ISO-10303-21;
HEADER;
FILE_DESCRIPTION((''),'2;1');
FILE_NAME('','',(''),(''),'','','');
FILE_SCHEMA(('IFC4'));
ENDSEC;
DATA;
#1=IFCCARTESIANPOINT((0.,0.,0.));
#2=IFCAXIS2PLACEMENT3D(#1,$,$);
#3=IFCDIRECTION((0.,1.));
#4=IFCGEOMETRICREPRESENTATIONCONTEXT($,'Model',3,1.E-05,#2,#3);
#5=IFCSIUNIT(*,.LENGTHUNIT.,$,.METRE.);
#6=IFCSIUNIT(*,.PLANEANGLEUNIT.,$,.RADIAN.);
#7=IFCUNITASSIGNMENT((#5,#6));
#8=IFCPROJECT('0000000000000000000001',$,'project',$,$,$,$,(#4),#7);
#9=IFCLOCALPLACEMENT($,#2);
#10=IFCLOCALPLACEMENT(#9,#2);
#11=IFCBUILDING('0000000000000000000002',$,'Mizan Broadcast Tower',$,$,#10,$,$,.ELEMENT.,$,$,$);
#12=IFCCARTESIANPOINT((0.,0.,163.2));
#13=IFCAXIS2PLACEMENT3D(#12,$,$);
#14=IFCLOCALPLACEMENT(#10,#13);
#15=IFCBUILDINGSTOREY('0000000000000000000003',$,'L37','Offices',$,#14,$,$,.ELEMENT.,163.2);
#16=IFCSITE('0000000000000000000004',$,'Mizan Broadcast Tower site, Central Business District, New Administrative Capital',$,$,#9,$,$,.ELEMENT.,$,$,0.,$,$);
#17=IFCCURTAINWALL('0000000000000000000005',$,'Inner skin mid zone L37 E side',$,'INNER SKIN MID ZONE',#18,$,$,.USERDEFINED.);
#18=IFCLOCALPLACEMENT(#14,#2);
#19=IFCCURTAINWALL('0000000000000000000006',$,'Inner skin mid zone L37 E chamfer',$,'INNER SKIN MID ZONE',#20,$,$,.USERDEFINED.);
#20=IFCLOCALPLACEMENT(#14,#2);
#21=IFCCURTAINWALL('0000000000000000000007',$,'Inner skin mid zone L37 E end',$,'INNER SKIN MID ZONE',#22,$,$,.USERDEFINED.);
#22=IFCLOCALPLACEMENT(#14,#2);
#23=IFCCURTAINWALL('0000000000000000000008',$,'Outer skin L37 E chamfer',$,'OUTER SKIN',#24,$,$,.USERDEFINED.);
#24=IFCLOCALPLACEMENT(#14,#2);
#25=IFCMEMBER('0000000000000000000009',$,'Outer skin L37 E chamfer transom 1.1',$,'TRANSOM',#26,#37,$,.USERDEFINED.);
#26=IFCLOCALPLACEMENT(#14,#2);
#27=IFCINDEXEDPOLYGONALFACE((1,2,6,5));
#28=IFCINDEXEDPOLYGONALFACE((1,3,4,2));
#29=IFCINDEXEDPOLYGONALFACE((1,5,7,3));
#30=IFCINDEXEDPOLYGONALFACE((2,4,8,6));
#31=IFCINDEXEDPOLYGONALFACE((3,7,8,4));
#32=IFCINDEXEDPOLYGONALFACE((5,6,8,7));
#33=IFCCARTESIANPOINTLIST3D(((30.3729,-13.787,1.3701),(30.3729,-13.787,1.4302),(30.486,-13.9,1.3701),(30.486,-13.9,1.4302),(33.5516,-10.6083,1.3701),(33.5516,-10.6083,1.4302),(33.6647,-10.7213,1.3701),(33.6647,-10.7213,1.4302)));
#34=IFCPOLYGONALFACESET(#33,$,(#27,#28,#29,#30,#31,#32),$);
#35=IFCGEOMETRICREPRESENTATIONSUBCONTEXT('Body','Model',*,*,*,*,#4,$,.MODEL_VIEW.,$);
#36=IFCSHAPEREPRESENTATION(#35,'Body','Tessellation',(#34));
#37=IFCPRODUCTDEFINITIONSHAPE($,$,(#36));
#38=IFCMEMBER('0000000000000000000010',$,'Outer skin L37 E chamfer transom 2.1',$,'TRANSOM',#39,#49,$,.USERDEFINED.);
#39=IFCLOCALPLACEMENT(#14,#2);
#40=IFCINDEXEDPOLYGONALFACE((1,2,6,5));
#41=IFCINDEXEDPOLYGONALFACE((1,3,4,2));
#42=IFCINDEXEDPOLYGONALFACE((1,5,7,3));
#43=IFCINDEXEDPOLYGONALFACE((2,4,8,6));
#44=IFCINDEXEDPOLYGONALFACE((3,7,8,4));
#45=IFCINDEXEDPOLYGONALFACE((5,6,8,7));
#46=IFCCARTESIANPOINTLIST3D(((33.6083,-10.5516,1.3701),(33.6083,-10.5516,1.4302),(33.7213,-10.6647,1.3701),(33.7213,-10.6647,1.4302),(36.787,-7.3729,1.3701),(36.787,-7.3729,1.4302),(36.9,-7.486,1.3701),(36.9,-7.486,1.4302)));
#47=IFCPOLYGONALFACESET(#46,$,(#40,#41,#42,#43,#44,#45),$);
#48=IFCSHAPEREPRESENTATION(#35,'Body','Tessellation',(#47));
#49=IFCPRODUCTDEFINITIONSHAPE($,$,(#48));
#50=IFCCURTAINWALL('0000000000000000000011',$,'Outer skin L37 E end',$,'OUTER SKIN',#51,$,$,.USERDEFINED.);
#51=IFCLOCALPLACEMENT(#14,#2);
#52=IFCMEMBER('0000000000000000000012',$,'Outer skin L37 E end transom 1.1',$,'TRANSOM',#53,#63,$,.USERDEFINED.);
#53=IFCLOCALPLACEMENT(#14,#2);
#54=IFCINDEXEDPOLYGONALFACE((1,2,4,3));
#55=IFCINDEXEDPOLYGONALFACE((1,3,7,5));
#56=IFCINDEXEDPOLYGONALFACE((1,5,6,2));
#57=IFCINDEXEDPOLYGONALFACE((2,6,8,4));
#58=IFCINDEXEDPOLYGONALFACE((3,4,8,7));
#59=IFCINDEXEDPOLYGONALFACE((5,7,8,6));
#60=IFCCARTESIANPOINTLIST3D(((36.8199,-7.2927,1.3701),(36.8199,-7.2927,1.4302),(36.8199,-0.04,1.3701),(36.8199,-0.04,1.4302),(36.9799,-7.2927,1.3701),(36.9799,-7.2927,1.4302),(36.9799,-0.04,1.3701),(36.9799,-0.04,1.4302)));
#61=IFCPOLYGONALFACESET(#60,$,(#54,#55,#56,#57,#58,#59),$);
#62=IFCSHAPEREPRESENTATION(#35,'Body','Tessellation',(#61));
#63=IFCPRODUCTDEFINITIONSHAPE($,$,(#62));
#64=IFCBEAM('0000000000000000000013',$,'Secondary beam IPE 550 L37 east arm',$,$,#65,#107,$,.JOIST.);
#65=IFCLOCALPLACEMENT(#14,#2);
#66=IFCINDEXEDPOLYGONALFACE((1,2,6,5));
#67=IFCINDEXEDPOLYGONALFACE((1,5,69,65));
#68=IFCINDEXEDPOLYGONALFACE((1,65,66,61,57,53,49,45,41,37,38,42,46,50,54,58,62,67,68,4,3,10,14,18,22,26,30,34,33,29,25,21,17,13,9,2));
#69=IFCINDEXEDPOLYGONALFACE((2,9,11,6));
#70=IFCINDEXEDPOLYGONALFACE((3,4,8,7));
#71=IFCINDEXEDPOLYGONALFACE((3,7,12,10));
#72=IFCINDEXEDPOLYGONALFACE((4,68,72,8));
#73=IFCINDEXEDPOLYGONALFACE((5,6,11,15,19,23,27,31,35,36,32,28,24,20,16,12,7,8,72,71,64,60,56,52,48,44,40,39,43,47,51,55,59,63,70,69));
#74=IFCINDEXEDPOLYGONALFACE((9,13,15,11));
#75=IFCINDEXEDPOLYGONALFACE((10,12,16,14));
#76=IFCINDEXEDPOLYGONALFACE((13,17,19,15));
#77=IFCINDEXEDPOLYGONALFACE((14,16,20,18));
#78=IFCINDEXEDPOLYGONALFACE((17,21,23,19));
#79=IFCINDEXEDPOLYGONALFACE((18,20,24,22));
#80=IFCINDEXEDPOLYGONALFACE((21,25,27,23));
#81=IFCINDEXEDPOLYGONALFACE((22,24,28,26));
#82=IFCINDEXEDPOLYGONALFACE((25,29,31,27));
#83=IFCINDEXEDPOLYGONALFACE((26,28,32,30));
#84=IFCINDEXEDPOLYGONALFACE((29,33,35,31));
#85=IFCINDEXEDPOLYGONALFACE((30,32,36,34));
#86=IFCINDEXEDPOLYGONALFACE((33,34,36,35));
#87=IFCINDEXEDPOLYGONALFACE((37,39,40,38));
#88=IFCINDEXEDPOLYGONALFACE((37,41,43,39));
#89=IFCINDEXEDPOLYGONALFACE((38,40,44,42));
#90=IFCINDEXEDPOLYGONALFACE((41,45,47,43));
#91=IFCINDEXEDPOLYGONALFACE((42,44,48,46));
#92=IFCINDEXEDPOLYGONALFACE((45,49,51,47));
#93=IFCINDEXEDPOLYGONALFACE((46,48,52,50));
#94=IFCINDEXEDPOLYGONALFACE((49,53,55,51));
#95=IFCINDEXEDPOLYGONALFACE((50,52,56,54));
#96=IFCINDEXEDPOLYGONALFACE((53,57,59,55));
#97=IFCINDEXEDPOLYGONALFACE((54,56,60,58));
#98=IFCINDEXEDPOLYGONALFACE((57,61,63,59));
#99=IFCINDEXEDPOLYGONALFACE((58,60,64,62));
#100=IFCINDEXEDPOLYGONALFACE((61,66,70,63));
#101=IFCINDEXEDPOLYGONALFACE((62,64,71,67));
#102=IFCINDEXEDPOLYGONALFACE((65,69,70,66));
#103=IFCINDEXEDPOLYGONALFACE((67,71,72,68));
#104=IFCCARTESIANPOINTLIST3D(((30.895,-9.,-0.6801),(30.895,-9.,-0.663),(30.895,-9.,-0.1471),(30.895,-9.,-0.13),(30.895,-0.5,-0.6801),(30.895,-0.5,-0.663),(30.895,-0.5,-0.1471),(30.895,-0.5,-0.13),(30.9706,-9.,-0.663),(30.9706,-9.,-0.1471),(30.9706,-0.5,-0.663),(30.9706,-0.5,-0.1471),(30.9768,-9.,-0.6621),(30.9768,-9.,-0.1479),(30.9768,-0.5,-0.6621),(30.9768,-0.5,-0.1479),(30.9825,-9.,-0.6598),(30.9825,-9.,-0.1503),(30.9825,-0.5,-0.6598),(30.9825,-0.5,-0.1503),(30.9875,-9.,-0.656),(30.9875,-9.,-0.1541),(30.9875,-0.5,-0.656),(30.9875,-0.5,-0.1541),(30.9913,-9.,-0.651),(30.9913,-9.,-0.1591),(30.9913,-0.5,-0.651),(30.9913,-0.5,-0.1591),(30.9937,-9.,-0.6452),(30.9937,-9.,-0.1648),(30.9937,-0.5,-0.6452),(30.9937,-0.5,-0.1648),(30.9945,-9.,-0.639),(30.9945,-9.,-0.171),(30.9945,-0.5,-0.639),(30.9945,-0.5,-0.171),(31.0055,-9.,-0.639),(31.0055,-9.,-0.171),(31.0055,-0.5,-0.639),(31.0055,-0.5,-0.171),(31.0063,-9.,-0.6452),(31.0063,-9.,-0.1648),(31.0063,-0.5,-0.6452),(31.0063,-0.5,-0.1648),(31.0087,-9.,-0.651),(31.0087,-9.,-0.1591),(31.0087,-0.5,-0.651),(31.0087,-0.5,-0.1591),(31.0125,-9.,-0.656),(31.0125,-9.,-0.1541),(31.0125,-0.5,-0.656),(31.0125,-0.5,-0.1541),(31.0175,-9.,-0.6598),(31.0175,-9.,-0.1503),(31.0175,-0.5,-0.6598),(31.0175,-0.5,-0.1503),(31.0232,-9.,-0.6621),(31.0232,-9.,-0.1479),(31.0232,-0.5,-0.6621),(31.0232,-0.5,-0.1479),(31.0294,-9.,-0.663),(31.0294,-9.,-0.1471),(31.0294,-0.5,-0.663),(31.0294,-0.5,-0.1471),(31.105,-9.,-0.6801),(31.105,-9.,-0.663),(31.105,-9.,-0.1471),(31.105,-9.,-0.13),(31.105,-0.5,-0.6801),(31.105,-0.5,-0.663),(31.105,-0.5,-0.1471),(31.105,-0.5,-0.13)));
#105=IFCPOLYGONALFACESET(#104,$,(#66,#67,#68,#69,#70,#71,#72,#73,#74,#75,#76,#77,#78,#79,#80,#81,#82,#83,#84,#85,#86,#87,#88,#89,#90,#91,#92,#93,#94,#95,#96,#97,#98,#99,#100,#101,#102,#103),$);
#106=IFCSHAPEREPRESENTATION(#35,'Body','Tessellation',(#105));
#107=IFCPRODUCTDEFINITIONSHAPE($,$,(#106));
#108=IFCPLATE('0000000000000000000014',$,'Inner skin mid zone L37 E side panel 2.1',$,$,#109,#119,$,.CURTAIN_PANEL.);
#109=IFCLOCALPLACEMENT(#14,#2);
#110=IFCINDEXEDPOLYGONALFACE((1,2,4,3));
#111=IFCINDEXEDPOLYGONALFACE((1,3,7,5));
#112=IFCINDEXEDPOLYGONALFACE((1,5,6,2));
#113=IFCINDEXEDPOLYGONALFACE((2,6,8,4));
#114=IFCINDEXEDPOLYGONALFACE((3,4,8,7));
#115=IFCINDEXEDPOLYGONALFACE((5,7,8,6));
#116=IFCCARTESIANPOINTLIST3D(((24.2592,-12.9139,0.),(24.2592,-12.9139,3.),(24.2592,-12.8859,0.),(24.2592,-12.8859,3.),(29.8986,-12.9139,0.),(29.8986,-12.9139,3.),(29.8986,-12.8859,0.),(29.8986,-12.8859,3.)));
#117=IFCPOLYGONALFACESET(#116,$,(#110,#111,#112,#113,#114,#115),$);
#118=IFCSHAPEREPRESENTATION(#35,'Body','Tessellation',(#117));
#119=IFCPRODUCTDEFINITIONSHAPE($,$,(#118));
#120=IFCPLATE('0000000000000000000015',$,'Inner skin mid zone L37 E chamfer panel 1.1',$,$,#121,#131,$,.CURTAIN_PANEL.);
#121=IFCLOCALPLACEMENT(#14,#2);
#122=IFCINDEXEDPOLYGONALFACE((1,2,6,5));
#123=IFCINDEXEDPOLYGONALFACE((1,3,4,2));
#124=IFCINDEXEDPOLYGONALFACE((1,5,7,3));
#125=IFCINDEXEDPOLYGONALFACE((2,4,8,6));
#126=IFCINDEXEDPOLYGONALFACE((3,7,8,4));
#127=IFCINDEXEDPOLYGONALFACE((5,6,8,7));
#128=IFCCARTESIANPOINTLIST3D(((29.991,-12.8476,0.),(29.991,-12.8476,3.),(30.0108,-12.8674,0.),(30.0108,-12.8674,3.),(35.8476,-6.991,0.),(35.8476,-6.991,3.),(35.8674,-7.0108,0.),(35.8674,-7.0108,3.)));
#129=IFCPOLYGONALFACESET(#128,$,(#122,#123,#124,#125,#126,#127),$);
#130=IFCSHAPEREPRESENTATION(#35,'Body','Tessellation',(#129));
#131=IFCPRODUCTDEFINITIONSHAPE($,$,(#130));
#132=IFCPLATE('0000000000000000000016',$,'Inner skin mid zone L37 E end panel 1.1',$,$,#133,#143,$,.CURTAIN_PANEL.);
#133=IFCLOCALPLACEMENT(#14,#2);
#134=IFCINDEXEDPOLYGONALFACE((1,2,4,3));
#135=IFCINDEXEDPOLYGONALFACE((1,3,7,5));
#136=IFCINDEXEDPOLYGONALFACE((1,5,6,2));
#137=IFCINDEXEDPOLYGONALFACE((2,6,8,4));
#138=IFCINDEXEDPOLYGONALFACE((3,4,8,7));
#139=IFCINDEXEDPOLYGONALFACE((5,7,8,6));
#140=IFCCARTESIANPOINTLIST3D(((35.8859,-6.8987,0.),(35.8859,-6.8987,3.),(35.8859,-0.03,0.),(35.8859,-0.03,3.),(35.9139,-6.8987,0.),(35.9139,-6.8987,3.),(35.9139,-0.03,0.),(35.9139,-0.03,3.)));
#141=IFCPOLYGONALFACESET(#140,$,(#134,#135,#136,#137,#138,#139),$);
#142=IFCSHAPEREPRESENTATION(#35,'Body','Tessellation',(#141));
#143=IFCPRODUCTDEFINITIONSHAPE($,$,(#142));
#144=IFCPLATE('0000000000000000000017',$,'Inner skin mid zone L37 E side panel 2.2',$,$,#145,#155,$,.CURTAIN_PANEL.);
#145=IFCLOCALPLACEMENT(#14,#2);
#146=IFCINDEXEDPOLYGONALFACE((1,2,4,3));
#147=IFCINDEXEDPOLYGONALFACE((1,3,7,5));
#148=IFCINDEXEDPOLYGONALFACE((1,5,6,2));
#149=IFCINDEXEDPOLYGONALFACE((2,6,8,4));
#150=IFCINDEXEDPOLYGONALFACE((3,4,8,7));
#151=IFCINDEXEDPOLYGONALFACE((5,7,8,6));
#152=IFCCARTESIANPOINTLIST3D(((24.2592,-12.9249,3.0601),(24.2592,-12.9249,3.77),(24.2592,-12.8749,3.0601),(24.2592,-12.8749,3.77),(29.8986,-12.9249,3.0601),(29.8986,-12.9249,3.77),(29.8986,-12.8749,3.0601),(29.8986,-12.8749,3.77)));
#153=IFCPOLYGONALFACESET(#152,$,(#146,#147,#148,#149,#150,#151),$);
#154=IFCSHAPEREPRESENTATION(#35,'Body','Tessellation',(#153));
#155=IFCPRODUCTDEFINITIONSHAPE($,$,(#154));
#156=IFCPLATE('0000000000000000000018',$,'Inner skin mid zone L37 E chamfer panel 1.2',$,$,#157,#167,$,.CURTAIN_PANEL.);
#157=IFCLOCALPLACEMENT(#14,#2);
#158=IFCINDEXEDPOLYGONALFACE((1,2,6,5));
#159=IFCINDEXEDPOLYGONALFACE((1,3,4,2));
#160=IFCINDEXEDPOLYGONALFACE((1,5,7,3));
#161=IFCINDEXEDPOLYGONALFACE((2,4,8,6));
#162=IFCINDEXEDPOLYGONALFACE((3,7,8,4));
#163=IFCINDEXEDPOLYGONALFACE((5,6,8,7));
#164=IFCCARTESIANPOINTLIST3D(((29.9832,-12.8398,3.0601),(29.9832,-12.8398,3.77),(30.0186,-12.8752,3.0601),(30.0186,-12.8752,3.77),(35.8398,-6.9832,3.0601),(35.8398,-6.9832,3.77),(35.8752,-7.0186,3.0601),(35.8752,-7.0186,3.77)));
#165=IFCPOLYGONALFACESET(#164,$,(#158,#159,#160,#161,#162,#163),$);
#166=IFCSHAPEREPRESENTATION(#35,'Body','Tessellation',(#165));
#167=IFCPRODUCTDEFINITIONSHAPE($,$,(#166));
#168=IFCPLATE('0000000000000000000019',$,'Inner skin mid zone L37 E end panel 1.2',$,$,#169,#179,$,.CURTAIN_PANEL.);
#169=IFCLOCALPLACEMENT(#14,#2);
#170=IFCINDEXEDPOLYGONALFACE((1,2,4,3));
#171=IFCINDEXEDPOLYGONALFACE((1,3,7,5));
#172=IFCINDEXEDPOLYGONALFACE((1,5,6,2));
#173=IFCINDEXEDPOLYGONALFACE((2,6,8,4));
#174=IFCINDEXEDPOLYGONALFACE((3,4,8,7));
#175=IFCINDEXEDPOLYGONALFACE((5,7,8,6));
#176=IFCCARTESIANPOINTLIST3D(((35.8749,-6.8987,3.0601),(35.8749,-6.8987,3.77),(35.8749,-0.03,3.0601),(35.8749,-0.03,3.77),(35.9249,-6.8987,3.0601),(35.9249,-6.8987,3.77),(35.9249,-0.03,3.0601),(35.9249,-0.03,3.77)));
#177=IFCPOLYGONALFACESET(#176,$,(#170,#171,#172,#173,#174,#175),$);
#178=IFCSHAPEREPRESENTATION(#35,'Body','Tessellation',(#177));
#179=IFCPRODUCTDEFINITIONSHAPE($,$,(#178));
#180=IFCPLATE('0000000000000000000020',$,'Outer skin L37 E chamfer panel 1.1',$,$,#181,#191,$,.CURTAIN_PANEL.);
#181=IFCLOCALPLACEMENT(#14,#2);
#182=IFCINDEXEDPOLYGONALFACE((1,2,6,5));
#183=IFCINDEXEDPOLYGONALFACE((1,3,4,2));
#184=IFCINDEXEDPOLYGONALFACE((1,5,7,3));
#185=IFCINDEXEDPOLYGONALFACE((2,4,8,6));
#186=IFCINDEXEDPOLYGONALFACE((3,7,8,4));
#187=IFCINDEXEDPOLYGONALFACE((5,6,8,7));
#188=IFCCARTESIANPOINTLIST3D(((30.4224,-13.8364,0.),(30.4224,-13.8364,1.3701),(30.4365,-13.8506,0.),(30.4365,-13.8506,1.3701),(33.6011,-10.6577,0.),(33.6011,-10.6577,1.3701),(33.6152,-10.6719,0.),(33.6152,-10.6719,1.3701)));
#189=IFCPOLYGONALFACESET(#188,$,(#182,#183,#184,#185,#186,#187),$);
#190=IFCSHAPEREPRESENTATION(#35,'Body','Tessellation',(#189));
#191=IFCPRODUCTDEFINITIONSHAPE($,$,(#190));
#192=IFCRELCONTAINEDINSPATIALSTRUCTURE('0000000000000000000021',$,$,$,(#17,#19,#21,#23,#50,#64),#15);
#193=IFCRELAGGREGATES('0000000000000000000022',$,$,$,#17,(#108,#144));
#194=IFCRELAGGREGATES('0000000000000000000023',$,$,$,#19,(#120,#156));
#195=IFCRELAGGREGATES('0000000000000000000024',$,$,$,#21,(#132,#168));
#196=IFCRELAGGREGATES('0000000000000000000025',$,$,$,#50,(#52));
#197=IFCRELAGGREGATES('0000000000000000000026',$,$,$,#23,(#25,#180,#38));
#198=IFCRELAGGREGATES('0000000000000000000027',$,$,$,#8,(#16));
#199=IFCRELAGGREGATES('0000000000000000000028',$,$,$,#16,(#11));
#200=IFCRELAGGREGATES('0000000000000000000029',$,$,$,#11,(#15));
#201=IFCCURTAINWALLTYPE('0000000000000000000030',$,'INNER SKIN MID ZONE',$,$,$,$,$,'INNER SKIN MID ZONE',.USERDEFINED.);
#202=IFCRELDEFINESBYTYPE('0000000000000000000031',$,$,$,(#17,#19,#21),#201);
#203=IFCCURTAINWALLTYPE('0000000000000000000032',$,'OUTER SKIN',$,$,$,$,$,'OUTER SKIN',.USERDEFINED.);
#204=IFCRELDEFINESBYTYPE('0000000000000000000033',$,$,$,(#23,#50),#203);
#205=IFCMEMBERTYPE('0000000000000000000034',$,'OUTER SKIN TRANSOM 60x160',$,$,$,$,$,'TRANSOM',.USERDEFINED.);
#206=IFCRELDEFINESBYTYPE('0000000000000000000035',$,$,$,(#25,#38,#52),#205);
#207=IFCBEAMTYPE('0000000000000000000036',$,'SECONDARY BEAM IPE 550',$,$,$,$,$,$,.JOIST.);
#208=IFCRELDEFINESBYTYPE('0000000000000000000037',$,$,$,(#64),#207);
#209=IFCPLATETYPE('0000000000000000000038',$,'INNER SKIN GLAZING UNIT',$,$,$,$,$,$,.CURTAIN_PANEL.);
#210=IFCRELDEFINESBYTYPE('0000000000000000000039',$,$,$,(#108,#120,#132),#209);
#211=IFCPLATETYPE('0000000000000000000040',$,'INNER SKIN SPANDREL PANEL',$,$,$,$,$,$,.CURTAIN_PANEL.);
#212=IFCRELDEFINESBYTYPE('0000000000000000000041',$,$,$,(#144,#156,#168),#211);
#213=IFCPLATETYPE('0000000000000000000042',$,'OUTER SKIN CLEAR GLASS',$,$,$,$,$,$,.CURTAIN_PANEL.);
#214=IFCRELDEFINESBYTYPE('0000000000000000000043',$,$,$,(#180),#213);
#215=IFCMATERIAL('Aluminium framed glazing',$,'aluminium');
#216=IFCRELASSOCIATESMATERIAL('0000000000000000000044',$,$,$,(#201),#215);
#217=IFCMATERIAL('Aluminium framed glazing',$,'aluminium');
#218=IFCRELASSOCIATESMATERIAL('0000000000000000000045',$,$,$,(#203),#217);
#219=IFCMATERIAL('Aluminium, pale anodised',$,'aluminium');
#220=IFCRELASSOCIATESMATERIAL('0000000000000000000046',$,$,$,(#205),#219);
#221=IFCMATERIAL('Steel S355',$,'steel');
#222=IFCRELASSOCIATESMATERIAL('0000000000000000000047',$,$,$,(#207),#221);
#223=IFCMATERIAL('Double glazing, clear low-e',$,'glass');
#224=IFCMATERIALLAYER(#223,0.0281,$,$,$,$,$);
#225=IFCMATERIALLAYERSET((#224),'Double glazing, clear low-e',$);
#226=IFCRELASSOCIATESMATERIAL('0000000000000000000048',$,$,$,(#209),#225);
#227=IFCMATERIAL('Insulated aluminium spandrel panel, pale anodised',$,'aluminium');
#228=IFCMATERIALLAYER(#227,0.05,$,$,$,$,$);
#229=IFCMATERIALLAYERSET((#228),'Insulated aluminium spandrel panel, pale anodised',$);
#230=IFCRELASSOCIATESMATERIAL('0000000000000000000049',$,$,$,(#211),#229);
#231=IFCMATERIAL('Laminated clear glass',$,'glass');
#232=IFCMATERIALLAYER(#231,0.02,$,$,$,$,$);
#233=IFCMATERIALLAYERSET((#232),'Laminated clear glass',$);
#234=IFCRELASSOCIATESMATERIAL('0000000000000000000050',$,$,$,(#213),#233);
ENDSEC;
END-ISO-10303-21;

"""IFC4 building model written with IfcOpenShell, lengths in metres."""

from ifc_helpers import new_model, si_unit, direction, frame, origin, origin_2d, place, context, subcontext, project, spatial, rectangle, i_section, extrude, material, layer, layer_set, material_profile, profile_set, type_object, element, aggregate, save


model = new_model("IFC4")

# Units and contexts
model_context = context("Model", 3, precision=1e-05, world=origin(), true_north=direction((0.0, 1.0)))
body_context = subcontext(model_context, "Body", "Model", "MODEL_VIEW")
ifc_project = project(units=[si_unit("LENGTHUNIT", "METRE"), si_unit("PLANEANGLEUNIT", "RADIAN")], contexts=[model_context])

# Site, building, storey
site_placement = place(None, origin())
site = spatial("IfcSite", under=ifc_project, at=site_placement, Name="Mizan Broadcast Tower site, Central Business District, New Administrative Capital", CompositionType="ELEMENT", RefElevation=0.0)
building_placement = place(site_placement, origin())
building = spatial("IfcBuilding", under=site, at=building_placement, Name="Mizan Broadcast Tower", CompositionType="ELEMENT")
storey_placement = place(building_placement, frame((0.0, 0.0, 163.2)))
storey = spatial("IfcBuildingStorey", under=building, at=storey_placement, Name="L37", Description="Offices", CompositionType="ELEMENT", Elevation=163.2)

# Curtain wall
ifc_material_1 = material(Name="Aluminium framed glazing", Category="aluminium")
curtain_wall_type_1 = type_object("IfcCurtainWallType", Name="INNER SKIN MID ZONE", ElementType="INNER SKIN MID ZONE", PredefinedType="USERDEFINED", material=ifc_material_1)
curtain_wall_1_placement = place(storey_placement, origin())
curtain_wall_1 = element("IfcCurtainWall", 1, at=curtain_wall_1_placement, inside=storey, type_object=curtain_wall_type_1, Name="Inner skin mid zone L37 E side", ObjectType="INNER SKIN MID ZONE", PredefinedType="USERDEFINED")

# Curtain wall
curtain_wall_2_placement = place(storey_placement, origin())
curtain_wall_2 = element("IfcCurtainWall", 2, at=curtain_wall_2_placement, inside=storey, type_object=curtain_wall_type_1, Name="Inner skin mid zone L37 E chamfer", ObjectType="INNER SKIN MID ZONE", PredefinedType="USERDEFINED")

# Curtain wall
curtain_wall_3_placement = place(storey_placement, origin())
curtain_wall_3 = element("IfcCurtainWall", 3, at=curtain_wall_3_placement, inside=storey, type_object=curtain_wall_type_1, Name="Inner skin mid zone L37 E end", ObjectType="INNER SKIN MID ZONE", PredefinedType="USERDEFINED")

# Curtain wall
ifc_material_2 = material(Name="Aluminium framed glazing", Category="aluminium")
curtain_wall_type_2 = type_object("IfcCurtainWallType", Name="OUTER SKIN", ElementType="OUTER SKIN", PredefinedType="USERDEFINED", material=ifc_material_2)
curtain_wall_4_placement = place(storey_placement, origin())
curtain_wall_4 = element("IfcCurtainWall", 4, at=curtain_wall_4_placement, inside=storey, type_object=curtain_wall_type_2, Name="Outer skin L37 E chamfer", ObjectType="OUTER SKIN", PredefinedType="USERDEFINED")

# Members
ifc_material_3 = material(Name="Aluminium, pale anodised", Category="aluminium")
ifc_material_profile_1 = material_profile(ifc_material_3, rectangle(XDim=0.1599, YDim=0.0601, at=origin_2d()), Name="TRANSOM 160x60")
ifc_profile_set_1 = profile_set([ifc_material_profile_1], Name="Aluminium, pale anodised")
member_type_1 = type_object("IfcMemberType", Name="OUTER SKIN TRANSOM 60x160", ElementType="TRANSOM", PredefinedType="USERDEFINED", material=ifc_profile_set_1)
member_1_placement = place(storey_placement, frame((30.4294, -13.8435, 1.4001), z_axis=(0.707107, 0.707107, 0.0), x_axis=(-0.707107, 0.707107, 0.0)))
member_1 = element("IfcMember", 5, at=member_1_placement, type_object=member_type_1, Name="Outer skin L37 E chamfer transom 1.1", ObjectType="TRANSOM", PredefinedType="USERDEFINED", context=body_context, shape_type="SweptSolid", body=[
    extrude(rectangle(XDim=0.1599, YDim=0.0601, at=origin_2d()), origin(), (0.0, 0.0, 1.0), 4.4954),
])
member_2_placement = place(storey_placement, frame((33.6648, -10.6082, 1.4001), z_axis=(0.707107, 0.707107, 0.0), x_axis=(-0.707107, 0.707107, 0.0)))
member_2 = element("IfcMember", 6, at=member_2_placement, type_object=member_type_1, Name="Outer skin L37 E chamfer transom 2.1", ObjectType="TRANSOM", PredefinedType="USERDEFINED", context=body_context, shape_type="SweptSolid", body=[
    extrude(rectangle(XDim=0.1599, YDim=0.0601, at=origin_2d()), origin(), (0.0, 0.0, 1.0), 4.4954),
])

# Curtain wall, member
curtain_wall_5_placement = place(storey_placement, origin())
curtain_wall_5 = element("IfcCurtainWall", 7, at=curtain_wall_5_placement, inside=storey, type_object=curtain_wall_type_2, Name="Outer skin L37 E end", ObjectType="OUTER SKIN", PredefinedType="USERDEFINED")
member_3_placement = place(storey_placement, frame((36.8999, -7.2927, 1.4001), z_axis=(0.0, 1.0, 0.0), x_axis=(-1.0, 0.0, 0.0)))
member_3 = element("IfcMember", 8, at=member_3_placement, type_object=member_type_1, Name="Outer skin L37 E end transom 1.1", ObjectType="TRANSOM", PredefinedType="USERDEFINED", context=body_context, shape_type="SweptSolid", body=[
    extrude(rectangle(XDim=0.1599, YDim=0.0601, at=origin_2d()), origin(), (0.0, 0.0, 1.0), 7.2527),
])

# Beam
ifc_material_4 = material(Name="Steel S355", Category="steel")
ifc_material_profile_2 = material_profile(ifc_material_4, i_section(OverallWidth=0.21, OverallDepth=0.55, WebThickness=0.011, FlangeThickness=0.0171, FilletRadius=0.0239, at=origin_2d()), Name="IPE 550")
ifc_profile_set_2 = profile_set([ifc_material_profile_2], Name="Steel S355")
beam_type_1 = type_object("IfcBeamType", Name="SECONDARY BEAM IPE 550", PredefinedType="JOIST", material=ifc_profile_set_2)
beam_1_placement = place(storey_placement, frame((31.0, -9.0, -0.405), z_axis=(0.0, 1.0, 0.0), x_axis=(-1.0, 0.0, 0.0)))
element("IfcBeam", 9, at=beam_1_placement, inside=storey, type_object=beam_type_1, Name="Secondary beam IPE 550 L37 east arm", PredefinedType="JOIST", context=body_context, shape_type="SweptSolid", body=[
    extrude(i_section(OverallWidth=0.21, OverallDepth=0.55, WebThickness=0.011, FlangeThickness=0.0171, FilletRadius=0.0239, at=origin_2d()), origin(), (0.0, 0.0, 1.0), 8.5),
])

# Plates
ifc_material_5 = material(Name="Double glazing, clear low-e", Category="glass")
ifc_layer_1 = layer(ifc_material_5, 0.0281)
ifc_layer_set_1 = layer_set([ifc_layer_1], Name="Double glazing, clear low-e")
plate_type_1 = type_object("IfcPlateType", Name="INNER SKIN GLAZING UNIT", PredefinedType="CURTAIN_PANEL", material=ifc_layer_set_1)
plate_1_placement = place(storey_placement, frame((27.0789, -12.8999, 0.0), z_axis=(0.0, 0.0, 1.0), x_axis=(1.0, 0.0, 0.0)))
plate_1 = element("IfcPlate", 10, at=plate_1_placement, type_object=plate_type_1, Name="Inner skin mid zone L37 E side panel 2.1", PredefinedType="CURTAIN_PANEL", context=body_context, shape_type="SweptSolid", body=[
    extrude(rectangle(XDim=5.6394, YDim=0.0281, at=origin_2d()), origin(), (0.0, 0.0, 1.0), 3.0),
])
plate_2_placement = place(storey_placement, frame((32.9292, -9.9292, 0.0), z_axis=(0.0, 0.0, 1.0), x_axis=(0.707107, 0.707107, 0.0)))
plate_2 = element("IfcPlate", 11, at=plate_2_placement, type_object=plate_type_1, Name="Inner skin mid zone L37 E chamfer panel 1.1", PredefinedType="CURTAIN_PANEL", context=body_context, shape_type="SweptSolid", body=[
    extrude(rectangle(XDim=8.2825, YDim=0.0281, at=origin_2d()), origin(), (0.0, 0.0, 1.0), 3.0),
])
plate_3_placement = place(storey_placement, frame((35.8999, -3.4644, 0.0), z_axis=(0.0, 0.0, 1.0), x_axis=(0.0, 1.0, 0.0)))
plate_3 = element("IfcPlate", 12, at=plate_3_placement, type_object=plate_type_1, Name="Inner skin mid zone L37 E end panel 1.1", PredefinedType="CURTAIN_PANEL", context=body_context, shape_type="SweptSolid", body=[
    extrude(rectangle(XDim=6.8687, YDim=0.0281, at=origin_2d()), origin(), (0.0, 0.0, 1.0), 3.0),
])
ifc_material_6 = material(Name="Insulated aluminium spandrel panel, pale anodised", Category="aluminium")
ifc_layer_2 = layer(ifc_material_6, 0.05)
ifc_layer_set_2 = layer_set([ifc_layer_2], Name="Insulated aluminium spandrel panel, pale anodised")
plate_type_2 = type_object("IfcPlateType", Name="INNER SKIN SPANDREL PANEL", PredefinedType="CURTAIN_PANEL", material=ifc_layer_set_2)
plate_4_placement = place(storey_placement, frame((27.0789, -12.8999, 3.0601), z_axis=(0.0, 0.0, 1.0), x_axis=(1.0, 0.0, 0.0)))
plate_4 = element("IfcPlate", 13, at=plate_4_placement, type_object=plate_type_2, Name="Inner skin mid zone L37 E side panel 2.2", PredefinedType="CURTAIN_PANEL", context=body_context, shape_type="SweptSolid", body=[
    extrude(rectangle(XDim=5.6394, YDim=0.05, at=origin_2d()), origin(), (0.0, 0.0, 1.0), 0.71),
])
aggregate(curtain_wall_1, [plate_1, plate_4])
plate_5_placement = place(storey_placement, frame((32.9292, -9.9292, 3.0601), z_axis=(0.0, 0.0, 1.0), x_axis=(0.707107, 0.707107, 0.0)))
plate_5 = element("IfcPlate", 14, at=plate_5_placement, type_object=plate_type_2, Name="Inner skin mid zone L37 E chamfer panel 1.2", PredefinedType="CURTAIN_PANEL", context=body_context, shape_type="SweptSolid", body=[
    extrude(rectangle(XDim=8.2825, YDim=0.05, at=origin_2d()), origin(), (0.0, 0.0, 1.0), 0.71),
])
aggregate(curtain_wall_2, [plate_2, plate_5])
plate_6_placement = place(storey_placement, frame((35.8999, -3.4644, 3.0601), z_axis=(0.0, 0.0, 1.0), x_axis=(0.0, 1.0, 0.0)))
plate_6 = element("IfcPlate", 15, at=plate_6_placement, type_object=plate_type_2, Name="Inner skin mid zone L37 E end panel 1.2", PredefinedType="CURTAIN_PANEL", context=body_context, shape_type="SweptSolid", body=[
    extrude(rectangle(XDim=6.8687, YDim=0.05, at=origin_2d()), origin(), (0.0, 0.0, 1.0), 0.71),
])
aggregate(curtain_wall_3, [plate_3, plate_6])
ifc_material_7 = material(Name="Laminated clear glass", Category="glass")
ifc_layer_3 = layer(ifc_material_7, 0.02)
ifc_layer_set_3 = layer_set([ifc_layer_3], Name="Laminated clear glass")
plate_type_3 = type_object("IfcPlateType", Name="OUTER SKIN CLEAR GLASS", PredefinedType="CURTAIN_PANEL", material=ifc_layer_set_3)
plate_7_placement = place(storey_placement, frame((32.0188, -12.2542, 0.0), z_axis=(0.0, 0.0, 1.0), x_axis=(0.707107, 0.707107, 0.0)))
plate_7 = element("IfcPlate", 16, at=plate_7_placement, type_object=plate_type_3, Name="Outer skin L37 E chamfer panel 1.1", PredefinedType="CURTAIN_PANEL", context=body_context, shape_type="SweptSolid", body=[
    extrude(rectangle(XDim=4.4954, YDim=0.02, at=origin_2d()), origin(), (0.0, 0.0, 1.0), 1.3701),
])
aggregate(curtain_wall_5, [member_3])
aggregate(curtain_wall_4, [member_1, plate_7, member_2])

save(model, "model.ifc")
